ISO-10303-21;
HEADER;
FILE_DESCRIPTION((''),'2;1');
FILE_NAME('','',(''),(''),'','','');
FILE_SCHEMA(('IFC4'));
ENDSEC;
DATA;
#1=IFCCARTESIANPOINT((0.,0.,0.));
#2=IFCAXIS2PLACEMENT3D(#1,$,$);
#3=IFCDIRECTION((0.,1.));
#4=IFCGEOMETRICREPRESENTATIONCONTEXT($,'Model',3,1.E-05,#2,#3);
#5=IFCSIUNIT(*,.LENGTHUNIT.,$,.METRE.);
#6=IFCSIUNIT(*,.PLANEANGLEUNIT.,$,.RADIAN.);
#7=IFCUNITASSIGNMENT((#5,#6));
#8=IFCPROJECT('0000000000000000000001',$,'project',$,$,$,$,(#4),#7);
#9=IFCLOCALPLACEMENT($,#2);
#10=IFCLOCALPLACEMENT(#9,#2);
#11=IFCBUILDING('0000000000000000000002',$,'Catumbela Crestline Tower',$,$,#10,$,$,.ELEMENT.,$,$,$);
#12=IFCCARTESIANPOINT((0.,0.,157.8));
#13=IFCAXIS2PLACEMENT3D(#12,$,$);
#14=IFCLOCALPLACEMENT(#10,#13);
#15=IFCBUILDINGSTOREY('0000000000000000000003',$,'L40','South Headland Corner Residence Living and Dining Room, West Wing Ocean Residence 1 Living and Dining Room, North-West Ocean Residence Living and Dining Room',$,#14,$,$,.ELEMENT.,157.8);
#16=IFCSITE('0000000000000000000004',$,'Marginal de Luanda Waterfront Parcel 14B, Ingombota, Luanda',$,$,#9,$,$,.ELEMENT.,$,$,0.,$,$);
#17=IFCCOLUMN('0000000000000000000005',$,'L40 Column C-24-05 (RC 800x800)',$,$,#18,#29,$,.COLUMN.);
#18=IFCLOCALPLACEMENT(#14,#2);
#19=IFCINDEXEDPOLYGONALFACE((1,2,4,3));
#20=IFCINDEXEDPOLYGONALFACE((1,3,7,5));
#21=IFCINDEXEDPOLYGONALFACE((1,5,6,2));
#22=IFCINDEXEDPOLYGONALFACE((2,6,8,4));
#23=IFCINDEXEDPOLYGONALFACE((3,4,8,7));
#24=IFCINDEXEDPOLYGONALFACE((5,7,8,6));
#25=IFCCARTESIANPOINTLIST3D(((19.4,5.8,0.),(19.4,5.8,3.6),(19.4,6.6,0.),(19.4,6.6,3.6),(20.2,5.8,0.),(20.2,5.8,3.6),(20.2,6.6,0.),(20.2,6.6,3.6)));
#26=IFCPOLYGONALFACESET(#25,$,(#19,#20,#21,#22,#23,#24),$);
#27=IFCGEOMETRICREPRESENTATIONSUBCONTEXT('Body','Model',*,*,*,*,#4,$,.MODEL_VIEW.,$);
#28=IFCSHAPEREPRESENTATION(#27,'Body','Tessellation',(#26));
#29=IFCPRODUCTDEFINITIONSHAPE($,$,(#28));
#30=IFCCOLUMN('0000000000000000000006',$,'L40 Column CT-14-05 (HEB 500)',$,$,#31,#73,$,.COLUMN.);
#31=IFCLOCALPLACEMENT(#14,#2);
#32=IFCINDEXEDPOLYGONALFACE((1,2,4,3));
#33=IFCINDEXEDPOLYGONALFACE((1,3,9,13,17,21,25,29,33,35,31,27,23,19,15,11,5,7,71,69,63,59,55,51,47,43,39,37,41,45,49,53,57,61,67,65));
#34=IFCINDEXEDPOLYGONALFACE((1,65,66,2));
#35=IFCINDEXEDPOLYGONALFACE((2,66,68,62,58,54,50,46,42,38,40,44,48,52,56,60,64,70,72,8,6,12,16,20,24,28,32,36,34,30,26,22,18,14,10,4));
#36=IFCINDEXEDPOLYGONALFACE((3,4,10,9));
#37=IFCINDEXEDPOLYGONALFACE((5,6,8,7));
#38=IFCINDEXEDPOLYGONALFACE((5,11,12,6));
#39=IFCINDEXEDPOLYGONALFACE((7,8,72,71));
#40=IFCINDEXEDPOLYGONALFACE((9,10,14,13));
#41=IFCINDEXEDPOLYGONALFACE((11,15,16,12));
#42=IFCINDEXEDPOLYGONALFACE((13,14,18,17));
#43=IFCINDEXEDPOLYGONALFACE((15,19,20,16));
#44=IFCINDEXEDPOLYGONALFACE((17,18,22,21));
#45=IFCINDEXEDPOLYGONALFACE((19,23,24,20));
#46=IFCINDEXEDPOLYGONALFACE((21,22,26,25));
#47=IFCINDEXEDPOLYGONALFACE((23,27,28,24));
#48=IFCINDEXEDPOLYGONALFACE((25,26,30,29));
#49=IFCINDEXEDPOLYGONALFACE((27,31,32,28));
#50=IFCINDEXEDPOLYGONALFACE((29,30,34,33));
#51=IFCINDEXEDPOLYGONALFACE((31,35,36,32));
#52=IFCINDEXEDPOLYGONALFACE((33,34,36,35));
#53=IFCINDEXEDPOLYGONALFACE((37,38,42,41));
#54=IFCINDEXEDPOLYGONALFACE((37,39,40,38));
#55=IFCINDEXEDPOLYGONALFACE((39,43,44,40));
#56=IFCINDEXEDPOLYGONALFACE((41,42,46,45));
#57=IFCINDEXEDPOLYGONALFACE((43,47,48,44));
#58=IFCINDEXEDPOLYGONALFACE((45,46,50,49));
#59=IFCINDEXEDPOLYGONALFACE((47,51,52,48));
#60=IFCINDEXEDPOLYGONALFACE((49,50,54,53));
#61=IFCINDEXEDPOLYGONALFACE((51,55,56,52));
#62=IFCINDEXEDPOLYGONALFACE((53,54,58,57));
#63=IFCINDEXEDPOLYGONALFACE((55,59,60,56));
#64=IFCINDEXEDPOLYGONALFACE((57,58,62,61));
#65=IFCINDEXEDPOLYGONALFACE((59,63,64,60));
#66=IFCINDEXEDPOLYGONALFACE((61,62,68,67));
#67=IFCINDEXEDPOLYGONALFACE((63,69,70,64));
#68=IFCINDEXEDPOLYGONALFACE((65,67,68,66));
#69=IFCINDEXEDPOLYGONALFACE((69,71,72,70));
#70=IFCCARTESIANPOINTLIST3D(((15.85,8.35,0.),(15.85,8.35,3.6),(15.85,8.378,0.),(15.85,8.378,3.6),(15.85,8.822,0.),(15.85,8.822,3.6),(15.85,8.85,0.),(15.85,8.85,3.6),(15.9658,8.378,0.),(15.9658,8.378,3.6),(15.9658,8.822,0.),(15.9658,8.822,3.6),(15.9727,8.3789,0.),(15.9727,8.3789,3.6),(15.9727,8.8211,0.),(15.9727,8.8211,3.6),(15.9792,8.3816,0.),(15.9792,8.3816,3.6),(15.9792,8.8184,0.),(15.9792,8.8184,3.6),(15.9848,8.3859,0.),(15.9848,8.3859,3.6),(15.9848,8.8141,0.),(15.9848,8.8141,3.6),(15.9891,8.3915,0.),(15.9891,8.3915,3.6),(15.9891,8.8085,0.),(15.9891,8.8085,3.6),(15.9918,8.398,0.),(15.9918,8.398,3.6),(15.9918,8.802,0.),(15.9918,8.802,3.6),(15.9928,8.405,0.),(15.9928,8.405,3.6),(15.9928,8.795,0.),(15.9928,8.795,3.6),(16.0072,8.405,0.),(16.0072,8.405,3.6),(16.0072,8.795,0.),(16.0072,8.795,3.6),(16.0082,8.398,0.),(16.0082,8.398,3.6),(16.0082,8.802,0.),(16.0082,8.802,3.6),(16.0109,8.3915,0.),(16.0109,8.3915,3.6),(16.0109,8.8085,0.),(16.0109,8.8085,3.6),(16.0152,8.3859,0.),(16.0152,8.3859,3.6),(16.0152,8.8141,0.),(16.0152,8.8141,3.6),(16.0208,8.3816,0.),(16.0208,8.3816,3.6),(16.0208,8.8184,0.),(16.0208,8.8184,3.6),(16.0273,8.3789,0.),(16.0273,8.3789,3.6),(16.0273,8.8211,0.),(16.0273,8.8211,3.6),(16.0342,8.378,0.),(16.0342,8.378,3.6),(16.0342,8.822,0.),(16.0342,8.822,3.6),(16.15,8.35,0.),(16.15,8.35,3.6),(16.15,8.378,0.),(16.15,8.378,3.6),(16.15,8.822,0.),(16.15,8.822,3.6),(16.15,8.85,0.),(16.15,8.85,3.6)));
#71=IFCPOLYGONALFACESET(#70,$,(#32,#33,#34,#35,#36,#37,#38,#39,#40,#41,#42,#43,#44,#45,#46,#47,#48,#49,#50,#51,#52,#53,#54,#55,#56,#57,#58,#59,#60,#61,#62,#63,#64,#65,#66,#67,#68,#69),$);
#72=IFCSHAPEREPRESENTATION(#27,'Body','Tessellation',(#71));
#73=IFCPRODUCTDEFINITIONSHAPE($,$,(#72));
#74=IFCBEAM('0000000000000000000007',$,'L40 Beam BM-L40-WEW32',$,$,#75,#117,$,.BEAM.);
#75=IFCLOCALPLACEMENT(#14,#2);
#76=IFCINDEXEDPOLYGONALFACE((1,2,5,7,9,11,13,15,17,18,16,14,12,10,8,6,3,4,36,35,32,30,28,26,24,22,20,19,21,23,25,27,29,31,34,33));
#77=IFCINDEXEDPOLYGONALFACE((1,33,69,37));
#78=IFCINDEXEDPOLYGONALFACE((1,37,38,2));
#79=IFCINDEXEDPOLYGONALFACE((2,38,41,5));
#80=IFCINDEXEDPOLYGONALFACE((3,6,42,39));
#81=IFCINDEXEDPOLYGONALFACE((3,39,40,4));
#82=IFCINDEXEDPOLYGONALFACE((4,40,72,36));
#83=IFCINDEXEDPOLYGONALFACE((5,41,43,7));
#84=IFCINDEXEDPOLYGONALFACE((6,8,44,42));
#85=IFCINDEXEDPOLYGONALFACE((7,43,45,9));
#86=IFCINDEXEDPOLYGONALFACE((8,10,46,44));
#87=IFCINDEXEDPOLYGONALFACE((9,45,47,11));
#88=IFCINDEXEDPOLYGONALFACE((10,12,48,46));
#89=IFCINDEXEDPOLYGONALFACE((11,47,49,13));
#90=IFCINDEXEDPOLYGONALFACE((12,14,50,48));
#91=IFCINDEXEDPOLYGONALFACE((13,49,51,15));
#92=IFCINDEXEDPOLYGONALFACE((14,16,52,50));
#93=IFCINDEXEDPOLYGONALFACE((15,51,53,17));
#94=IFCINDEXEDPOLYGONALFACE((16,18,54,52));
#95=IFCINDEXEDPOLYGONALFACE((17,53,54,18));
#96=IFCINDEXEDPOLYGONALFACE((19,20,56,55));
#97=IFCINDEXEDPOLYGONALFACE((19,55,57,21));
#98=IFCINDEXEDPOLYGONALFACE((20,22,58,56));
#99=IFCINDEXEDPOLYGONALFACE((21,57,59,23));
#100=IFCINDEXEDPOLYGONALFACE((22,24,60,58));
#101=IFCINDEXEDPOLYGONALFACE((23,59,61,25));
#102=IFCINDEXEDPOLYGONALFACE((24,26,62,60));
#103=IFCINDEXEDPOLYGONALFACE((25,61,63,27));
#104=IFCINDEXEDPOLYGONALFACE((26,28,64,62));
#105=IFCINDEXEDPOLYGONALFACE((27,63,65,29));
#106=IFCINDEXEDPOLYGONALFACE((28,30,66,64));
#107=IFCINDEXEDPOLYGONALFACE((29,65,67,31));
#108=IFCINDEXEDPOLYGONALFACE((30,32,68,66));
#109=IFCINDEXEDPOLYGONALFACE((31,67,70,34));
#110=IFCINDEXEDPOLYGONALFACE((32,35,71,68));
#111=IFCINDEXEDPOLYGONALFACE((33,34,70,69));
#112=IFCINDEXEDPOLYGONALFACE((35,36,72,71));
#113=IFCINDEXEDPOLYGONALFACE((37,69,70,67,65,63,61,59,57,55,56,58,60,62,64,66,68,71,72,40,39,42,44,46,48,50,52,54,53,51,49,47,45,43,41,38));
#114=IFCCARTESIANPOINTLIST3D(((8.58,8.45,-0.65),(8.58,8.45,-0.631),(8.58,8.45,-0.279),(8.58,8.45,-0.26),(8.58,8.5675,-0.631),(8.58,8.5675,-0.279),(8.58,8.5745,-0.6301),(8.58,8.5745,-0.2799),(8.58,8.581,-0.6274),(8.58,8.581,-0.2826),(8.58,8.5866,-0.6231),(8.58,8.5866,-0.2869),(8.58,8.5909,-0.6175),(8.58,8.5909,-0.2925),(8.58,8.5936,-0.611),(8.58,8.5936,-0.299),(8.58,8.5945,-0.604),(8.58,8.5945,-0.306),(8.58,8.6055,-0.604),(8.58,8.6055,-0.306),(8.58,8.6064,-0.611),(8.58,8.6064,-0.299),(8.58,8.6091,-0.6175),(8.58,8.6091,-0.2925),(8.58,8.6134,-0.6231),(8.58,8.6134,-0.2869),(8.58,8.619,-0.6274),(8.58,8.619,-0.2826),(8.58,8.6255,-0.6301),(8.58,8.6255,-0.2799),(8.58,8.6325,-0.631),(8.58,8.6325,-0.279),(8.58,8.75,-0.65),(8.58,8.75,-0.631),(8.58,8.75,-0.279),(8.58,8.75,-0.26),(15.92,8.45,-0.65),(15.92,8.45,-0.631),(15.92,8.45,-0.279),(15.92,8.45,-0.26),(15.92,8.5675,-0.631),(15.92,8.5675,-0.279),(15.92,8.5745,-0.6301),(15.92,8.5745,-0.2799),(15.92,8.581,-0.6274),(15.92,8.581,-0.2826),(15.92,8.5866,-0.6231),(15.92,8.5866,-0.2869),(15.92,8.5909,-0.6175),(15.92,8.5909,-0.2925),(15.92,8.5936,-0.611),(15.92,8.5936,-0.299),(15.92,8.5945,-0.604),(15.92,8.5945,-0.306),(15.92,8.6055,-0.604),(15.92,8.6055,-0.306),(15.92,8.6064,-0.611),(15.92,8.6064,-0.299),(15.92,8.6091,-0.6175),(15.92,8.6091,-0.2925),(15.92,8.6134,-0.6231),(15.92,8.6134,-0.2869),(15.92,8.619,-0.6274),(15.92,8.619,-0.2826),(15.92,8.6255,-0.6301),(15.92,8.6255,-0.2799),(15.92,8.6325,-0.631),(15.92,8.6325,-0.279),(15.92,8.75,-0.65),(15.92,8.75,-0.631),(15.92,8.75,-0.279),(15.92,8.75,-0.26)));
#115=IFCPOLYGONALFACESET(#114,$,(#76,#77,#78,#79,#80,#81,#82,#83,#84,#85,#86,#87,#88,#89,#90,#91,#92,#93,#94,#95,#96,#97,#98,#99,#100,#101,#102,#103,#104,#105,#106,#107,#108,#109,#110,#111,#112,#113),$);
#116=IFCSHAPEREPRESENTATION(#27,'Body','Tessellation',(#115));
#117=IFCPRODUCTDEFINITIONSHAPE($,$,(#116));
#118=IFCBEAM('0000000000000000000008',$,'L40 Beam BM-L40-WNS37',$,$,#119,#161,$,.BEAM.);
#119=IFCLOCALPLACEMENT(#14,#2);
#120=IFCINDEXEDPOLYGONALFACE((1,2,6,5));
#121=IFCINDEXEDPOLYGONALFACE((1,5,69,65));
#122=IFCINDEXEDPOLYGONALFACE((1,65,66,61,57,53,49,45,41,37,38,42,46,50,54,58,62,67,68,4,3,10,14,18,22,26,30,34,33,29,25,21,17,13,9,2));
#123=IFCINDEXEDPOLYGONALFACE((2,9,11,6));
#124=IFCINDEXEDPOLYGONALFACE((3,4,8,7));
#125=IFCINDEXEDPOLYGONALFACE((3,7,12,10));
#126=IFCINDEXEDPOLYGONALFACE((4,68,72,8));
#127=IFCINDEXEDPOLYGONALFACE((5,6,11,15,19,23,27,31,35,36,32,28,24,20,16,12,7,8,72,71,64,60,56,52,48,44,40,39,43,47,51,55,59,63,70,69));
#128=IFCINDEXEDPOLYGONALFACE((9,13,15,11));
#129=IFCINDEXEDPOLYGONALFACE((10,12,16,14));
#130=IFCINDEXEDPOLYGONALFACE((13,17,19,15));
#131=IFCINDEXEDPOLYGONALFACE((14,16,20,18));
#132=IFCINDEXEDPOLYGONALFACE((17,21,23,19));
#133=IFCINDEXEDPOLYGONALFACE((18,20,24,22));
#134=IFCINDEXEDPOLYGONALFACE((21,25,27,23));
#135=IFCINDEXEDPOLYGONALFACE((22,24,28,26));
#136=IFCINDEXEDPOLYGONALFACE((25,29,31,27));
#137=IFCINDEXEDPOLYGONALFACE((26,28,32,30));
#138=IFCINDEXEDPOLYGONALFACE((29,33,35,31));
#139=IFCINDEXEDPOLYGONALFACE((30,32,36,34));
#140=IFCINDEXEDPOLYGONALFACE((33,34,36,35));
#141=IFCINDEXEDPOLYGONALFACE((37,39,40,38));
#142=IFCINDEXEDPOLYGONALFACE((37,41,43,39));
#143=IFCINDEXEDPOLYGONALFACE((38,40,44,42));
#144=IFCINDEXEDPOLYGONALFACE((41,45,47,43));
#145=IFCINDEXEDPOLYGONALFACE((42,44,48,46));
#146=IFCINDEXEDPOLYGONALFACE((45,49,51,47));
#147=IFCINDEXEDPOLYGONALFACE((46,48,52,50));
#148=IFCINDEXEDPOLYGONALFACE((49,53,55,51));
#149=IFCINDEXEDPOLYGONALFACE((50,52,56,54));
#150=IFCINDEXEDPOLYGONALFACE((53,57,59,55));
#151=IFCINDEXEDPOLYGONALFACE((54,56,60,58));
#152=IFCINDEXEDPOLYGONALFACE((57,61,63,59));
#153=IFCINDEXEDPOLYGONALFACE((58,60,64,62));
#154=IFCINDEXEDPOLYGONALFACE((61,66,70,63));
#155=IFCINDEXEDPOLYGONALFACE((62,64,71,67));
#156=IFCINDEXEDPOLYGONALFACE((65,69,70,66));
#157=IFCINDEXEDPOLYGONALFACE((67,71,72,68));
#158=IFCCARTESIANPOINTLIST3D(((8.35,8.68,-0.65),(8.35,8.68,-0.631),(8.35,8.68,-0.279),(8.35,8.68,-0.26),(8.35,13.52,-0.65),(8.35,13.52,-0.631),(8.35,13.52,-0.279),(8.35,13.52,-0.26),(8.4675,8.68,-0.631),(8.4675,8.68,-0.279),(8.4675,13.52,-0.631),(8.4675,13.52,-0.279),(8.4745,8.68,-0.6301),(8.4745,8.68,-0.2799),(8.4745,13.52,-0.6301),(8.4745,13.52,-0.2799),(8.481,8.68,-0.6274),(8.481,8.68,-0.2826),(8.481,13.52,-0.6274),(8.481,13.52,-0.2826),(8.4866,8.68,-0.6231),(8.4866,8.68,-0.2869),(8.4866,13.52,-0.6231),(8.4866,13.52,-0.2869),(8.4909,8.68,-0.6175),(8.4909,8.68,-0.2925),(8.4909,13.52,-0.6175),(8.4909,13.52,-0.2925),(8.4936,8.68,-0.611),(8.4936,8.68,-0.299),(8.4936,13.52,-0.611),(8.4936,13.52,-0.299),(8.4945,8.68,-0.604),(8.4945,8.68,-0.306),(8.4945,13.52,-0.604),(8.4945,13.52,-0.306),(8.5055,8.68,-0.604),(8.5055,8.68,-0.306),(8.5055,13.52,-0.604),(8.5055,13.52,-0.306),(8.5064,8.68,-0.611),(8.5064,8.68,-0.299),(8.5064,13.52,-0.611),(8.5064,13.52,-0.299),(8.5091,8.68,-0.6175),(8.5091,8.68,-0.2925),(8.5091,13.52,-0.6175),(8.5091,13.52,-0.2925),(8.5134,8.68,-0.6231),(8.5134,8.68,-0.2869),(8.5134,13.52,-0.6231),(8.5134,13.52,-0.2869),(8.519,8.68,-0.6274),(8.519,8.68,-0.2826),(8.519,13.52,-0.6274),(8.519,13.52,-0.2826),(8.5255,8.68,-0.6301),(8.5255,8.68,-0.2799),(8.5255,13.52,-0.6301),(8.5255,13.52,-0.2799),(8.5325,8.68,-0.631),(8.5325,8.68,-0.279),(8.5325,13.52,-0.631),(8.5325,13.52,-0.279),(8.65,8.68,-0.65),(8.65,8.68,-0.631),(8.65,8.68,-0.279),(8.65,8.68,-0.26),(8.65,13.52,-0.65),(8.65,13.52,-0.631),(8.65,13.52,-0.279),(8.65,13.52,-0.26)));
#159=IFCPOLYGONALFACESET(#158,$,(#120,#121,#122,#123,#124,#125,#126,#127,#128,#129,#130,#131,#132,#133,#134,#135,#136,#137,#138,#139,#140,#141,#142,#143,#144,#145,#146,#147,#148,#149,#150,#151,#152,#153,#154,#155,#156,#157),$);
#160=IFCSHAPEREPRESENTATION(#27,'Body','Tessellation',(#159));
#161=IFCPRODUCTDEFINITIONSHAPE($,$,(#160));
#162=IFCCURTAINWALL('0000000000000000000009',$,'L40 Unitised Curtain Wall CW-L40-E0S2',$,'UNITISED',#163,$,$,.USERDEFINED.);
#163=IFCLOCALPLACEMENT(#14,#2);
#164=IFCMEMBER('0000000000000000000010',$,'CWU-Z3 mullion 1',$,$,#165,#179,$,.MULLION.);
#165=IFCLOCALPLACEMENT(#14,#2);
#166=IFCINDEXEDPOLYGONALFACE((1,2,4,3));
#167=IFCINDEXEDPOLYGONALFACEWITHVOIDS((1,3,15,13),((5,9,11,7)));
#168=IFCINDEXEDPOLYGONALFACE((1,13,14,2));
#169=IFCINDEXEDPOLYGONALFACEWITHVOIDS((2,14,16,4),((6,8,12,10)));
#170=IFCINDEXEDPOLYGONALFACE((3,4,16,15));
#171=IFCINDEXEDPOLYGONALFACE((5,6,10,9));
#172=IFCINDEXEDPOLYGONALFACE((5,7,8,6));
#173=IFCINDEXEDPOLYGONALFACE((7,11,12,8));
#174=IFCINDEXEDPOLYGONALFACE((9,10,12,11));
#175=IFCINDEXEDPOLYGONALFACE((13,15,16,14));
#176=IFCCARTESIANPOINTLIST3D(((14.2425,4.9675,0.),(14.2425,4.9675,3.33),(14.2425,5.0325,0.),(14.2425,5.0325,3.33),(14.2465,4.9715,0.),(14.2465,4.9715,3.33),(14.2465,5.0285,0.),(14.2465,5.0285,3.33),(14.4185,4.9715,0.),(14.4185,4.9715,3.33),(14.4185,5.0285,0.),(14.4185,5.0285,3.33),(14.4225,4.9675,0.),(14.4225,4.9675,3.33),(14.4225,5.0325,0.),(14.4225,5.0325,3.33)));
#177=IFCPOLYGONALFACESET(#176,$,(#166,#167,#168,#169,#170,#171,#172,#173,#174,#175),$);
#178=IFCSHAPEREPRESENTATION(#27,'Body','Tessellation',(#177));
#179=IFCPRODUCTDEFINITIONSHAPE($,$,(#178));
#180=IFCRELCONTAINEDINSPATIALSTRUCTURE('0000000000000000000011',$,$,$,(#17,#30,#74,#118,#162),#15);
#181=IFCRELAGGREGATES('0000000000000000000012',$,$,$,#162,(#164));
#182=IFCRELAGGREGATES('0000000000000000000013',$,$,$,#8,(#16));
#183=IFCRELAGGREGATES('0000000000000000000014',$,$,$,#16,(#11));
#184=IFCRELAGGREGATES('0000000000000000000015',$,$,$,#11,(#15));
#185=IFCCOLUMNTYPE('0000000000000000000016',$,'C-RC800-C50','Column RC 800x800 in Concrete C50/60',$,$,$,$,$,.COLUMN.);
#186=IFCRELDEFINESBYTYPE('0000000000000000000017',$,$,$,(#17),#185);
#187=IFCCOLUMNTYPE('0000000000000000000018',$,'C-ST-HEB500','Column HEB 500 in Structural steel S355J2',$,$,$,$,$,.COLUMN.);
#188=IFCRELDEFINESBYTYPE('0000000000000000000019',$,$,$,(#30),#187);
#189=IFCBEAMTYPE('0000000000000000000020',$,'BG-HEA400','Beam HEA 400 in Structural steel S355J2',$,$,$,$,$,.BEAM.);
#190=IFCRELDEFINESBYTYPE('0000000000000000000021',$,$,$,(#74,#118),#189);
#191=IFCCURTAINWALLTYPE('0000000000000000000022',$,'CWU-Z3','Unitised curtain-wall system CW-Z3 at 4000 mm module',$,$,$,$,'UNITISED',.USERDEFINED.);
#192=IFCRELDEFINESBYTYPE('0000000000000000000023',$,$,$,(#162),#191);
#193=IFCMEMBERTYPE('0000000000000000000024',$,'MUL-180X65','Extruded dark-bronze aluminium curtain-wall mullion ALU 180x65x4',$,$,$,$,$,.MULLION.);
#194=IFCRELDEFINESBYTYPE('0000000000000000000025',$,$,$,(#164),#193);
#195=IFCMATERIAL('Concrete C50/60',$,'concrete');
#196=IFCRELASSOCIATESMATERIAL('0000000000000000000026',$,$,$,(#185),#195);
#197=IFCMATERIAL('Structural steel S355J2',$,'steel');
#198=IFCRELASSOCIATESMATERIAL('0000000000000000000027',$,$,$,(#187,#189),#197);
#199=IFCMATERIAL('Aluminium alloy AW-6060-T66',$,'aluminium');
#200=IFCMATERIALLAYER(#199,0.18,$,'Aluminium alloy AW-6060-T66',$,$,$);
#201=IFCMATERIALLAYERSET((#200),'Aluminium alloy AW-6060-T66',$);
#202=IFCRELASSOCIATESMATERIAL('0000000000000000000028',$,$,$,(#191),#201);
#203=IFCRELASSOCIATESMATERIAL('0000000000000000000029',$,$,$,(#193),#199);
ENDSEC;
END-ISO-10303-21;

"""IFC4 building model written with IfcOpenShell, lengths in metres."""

from ifc_helpers import new_model, si_unit, direction, frame, origin, origin_2d, place, context, subcontext, project, spatial, rectangle, hollow_rectangle, i_section, extrude, material, layer, layer_set, material_profile, profile_set, type_object, element, aggregate, save


model = new_model("IFC4")

# Units and contexts
model_context = context("Model", 3, precision=1e-05, world=origin(), true_north=direction((0.0, 1.0)))
body_context = subcontext(model_context, "Body", "Model", "MODEL_VIEW")
ifc_project = project(units=[si_unit("LENGTHUNIT", "METRE"), si_unit("PLANEANGLEUNIT", "RADIAN")], contexts=[model_context])

# Site, building, storey
site_placement = place(None, origin())
site = spatial("IfcSite", under=ifc_project, at=site_placement, Name="Marginal de Luanda Waterfront Parcel 14B, Ingombota, Luanda", CompositionType="ELEMENT", RefElevation=0.0)
building_placement = place(site_placement, origin())
building = spatial("IfcBuilding", under=site, at=building_placement, Name="Catumbela Crestline Tower", CompositionType="ELEMENT")
storey_placement = place(building_placement, frame((0.0, 0.0, 157.8)))
storey = spatial("IfcBuildingStorey", under=building, at=storey_placement, Name="L40", Description="South Headland Corner Residence Living and Dining Room, West Wing Ocean Residence 1 Living and Dining Room, North-West Ocean Residence Living and Dining Room", CompositionType="ELEMENT", Elevation=157.8)

# Columns
ifc_material_1 = material(Name="Concrete C50/60", Category="concrete")
ifc_material_profile_1 = material_profile(ifc_material_1, rectangle(XDim=0.8, YDim=0.8, at=origin_2d()), Name="RC 800x800")
ifc_profile_set_1 = profile_set([ifc_material_profile_1], Name="Concrete C50/60")
column_type_1 = type_object("IfcColumnType", Name="C-RC800-C50", Description="Column RC 800x800 in Concrete C50/60", PredefinedType="COLUMN", material=ifc_profile_set_1)
column_1_placement = place(storey_placement, frame((19.8, 6.2, 0.0), z_axis=(0.0, 0.0, 1.0), x_axis=(1.0, 0.0, 0.0)))
element("IfcColumn", 1, at=column_1_placement, inside=storey, type_object=column_type_1, Name="L40 Column C-24-05 (RC 800x800)", PredefinedType="COLUMN", context=body_context, shape_type="SweptSolid", body=[
    extrude(rectangle(XDim=0.8, YDim=0.8, at=origin_2d()), origin(), (0.0, 0.0, 1.0), 3.6),
])
ifc_material_2 = material(Name="Structural steel S355J2", Category="steel")
ifc_material_profile_2 = material_profile(ifc_material_2, i_section(OverallWidth=0.3, OverallDepth=0.5, WebThickness=0.0145, FlangeThickness=0.028, FilletRadius=0.027, at=origin_2d()), Name="HEB 500")
ifc_profile_set_2 = profile_set([ifc_material_profile_2], Name="Structural steel S355J2")
column_type_2 = type_object("IfcColumnType", Name="C-ST-HEB500", Description="Column HEB 500 in Structural steel S355J2", PredefinedType="COLUMN", material=ifc_profile_set_2)
column_2_placement = place(storey_placement, frame((16.0, 8.6, 0.0), z_axis=(0.0, 0.0, 1.0), x_axis=(1.0, 0.0, 0.0)))
element("IfcColumn", 2, at=column_2_placement, inside=storey, type_object=column_type_2, Name="L40 Column CT-14-05 (HEB 500)", PredefinedType="COLUMN", context=body_context, shape_type="SweptSolid", body=[
    extrude(i_section(OverallWidth=0.3, OverallDepth=0.5, WebThickness=0.0145, FlangeThickness=0.028, FilletRadius=0.027, at=origin_2d()), origin(), (0.0, 0.0, 1.0), 3.6),
])

# Beams
ifc_material_profile_3 = material_profile(ifc_material_2, i_section(OverallWidth=0.3, OverallDepth=0.39, WebThickness=0.011, FlangeThickness=0.019, FilletRadius=0.027, at=origin_2d()), Name="HEA 400")
ifc_profile_set_3 = profile_set([ifc_material_profile_3], Name="Structural steel S355J2")
beam_type = type_object("IfcBeamType", Name="BG-HEA400", Description="Beam HEA 400 in Structural steel S355J2", PredefinedType="BEAM", material=ifc_profile_set_3)
beam_1_placement = place(storey_placement, frame((8.58, 8.6, -0.455), z_axis=(1.0, 0.0, 0.0), x_axis=(0.0, 1.0, 0.0)))
element("IfcBeam", 3, at=beam_1_placement, inside=storey, type_object=beam_type, Name="L40 Beam BM-L40-WEW32", PredefinedType="BEAM", context=body_context, shape_type="SweptSolid", body=[
    extrude(i_section(OverallWidth=0.3, OverallDepth=0.39, WebThickness=0.011, FlangeThickness=0.019, FilletRadius=0.027, at=origin_2d()), origin(), (0.0, 0.0, 1.0), 7.34),
])
beam_2_placement = place(storey_placement, frame((8.5, 8.68, -0.455), z_axis=(0.0, 1.0, 0.0), x_axis=(-1.0, 0.0, 0.0)))
element("IfcBeam", 4, at=beam_2_placement, inside=storey, type_object=beam_type, Name="L40 Beam BM-L40-WNS37", PredefinedType="BEAM", context=body_context, shape_type="SweptSolid", body=[
    extrude(i_section(OverallWidth=0.3, OverallDepth=0.39, WebThickness=0.011, FlangeThickness=0.019, FilletRadius=0.027, at=origin_2d()), origin(), (0.0, 0.0, 1.0), 4.84),
])

# Curtain wall, member
ifc_material_3 = material(Name="Aluminium alloy AW-6060-T66", Category="aluminium")
ifc_layer_1 = layer(ifc_material_3, 0.18, Name="Aluminium alloy AW-6060-T66")
ifc_layer_set_1 = layer_set([ifc_layer_1], Name="Aluminium alloy AW-6060-T66")
curtain_wall_type = type_object("IfcCurtainWallType", Name="CWU-Z3", Description="Unitised curtain-wall system CW-Z3 at 4000 mm module", ElementType="UNITISED", PredefinedType="USERDEFINED", material=ifc_layer_set_1)
curtain_wall_placement = place(storey_placement, origin())
curtain_wall = element("IfcCurtainWall", 5, at=curtain_wall_placement, inside=storey, type_object=curtain_wall_type, Name="L40 Unitised Curtain Wall CW-L40-E0S2", ObjectType="UNITISED", PredefinedType="USERDEFINED")
ifc_material_profile_4 = material_profile(ifc_material_3, hollow_rectangle(XDim=0.065, YDim=0.18, WallThickness=0.004, at=origin_2d()), Name="ALU 180x65x4")
ifc_profile_set_4 = profile_set([ifc_material_profile_4], Name="Aluminium alloy AW-6060-T66")
member_type_1 = type_object("IfcMemberType", Name="MUL-180X65", Description="Extruded dark-bronze aluminium curtain-wall mullion ALU 180x65x4", PredefinedType="MULLION", material=ifc_profile_set_4)
member_1_placement = place(storey_placement, frame((14.3325, 5.0, 0.0), z_axis=(0.0, 0.0, 1.0), x_axis=(0.0, 1.0, 0.0)))
member_1 = element("IfcMember", 6, at=member_1_placement, type_object=member_type_1, Name="CWU-Z3 mullion 1", PredefinedType="MULLION", context=body_context, shape_type="SweptSolid", body=[
    extrude(hollow_rectangle(XDim=0.065, YDim=0.18, WallThickness=0.004, at=origin_2d()), origin(), (0.0, 0.0, 1.0), 3.33),
])
aggregate(curtain_wall, [member_1])

save(model, "model.ifc")
